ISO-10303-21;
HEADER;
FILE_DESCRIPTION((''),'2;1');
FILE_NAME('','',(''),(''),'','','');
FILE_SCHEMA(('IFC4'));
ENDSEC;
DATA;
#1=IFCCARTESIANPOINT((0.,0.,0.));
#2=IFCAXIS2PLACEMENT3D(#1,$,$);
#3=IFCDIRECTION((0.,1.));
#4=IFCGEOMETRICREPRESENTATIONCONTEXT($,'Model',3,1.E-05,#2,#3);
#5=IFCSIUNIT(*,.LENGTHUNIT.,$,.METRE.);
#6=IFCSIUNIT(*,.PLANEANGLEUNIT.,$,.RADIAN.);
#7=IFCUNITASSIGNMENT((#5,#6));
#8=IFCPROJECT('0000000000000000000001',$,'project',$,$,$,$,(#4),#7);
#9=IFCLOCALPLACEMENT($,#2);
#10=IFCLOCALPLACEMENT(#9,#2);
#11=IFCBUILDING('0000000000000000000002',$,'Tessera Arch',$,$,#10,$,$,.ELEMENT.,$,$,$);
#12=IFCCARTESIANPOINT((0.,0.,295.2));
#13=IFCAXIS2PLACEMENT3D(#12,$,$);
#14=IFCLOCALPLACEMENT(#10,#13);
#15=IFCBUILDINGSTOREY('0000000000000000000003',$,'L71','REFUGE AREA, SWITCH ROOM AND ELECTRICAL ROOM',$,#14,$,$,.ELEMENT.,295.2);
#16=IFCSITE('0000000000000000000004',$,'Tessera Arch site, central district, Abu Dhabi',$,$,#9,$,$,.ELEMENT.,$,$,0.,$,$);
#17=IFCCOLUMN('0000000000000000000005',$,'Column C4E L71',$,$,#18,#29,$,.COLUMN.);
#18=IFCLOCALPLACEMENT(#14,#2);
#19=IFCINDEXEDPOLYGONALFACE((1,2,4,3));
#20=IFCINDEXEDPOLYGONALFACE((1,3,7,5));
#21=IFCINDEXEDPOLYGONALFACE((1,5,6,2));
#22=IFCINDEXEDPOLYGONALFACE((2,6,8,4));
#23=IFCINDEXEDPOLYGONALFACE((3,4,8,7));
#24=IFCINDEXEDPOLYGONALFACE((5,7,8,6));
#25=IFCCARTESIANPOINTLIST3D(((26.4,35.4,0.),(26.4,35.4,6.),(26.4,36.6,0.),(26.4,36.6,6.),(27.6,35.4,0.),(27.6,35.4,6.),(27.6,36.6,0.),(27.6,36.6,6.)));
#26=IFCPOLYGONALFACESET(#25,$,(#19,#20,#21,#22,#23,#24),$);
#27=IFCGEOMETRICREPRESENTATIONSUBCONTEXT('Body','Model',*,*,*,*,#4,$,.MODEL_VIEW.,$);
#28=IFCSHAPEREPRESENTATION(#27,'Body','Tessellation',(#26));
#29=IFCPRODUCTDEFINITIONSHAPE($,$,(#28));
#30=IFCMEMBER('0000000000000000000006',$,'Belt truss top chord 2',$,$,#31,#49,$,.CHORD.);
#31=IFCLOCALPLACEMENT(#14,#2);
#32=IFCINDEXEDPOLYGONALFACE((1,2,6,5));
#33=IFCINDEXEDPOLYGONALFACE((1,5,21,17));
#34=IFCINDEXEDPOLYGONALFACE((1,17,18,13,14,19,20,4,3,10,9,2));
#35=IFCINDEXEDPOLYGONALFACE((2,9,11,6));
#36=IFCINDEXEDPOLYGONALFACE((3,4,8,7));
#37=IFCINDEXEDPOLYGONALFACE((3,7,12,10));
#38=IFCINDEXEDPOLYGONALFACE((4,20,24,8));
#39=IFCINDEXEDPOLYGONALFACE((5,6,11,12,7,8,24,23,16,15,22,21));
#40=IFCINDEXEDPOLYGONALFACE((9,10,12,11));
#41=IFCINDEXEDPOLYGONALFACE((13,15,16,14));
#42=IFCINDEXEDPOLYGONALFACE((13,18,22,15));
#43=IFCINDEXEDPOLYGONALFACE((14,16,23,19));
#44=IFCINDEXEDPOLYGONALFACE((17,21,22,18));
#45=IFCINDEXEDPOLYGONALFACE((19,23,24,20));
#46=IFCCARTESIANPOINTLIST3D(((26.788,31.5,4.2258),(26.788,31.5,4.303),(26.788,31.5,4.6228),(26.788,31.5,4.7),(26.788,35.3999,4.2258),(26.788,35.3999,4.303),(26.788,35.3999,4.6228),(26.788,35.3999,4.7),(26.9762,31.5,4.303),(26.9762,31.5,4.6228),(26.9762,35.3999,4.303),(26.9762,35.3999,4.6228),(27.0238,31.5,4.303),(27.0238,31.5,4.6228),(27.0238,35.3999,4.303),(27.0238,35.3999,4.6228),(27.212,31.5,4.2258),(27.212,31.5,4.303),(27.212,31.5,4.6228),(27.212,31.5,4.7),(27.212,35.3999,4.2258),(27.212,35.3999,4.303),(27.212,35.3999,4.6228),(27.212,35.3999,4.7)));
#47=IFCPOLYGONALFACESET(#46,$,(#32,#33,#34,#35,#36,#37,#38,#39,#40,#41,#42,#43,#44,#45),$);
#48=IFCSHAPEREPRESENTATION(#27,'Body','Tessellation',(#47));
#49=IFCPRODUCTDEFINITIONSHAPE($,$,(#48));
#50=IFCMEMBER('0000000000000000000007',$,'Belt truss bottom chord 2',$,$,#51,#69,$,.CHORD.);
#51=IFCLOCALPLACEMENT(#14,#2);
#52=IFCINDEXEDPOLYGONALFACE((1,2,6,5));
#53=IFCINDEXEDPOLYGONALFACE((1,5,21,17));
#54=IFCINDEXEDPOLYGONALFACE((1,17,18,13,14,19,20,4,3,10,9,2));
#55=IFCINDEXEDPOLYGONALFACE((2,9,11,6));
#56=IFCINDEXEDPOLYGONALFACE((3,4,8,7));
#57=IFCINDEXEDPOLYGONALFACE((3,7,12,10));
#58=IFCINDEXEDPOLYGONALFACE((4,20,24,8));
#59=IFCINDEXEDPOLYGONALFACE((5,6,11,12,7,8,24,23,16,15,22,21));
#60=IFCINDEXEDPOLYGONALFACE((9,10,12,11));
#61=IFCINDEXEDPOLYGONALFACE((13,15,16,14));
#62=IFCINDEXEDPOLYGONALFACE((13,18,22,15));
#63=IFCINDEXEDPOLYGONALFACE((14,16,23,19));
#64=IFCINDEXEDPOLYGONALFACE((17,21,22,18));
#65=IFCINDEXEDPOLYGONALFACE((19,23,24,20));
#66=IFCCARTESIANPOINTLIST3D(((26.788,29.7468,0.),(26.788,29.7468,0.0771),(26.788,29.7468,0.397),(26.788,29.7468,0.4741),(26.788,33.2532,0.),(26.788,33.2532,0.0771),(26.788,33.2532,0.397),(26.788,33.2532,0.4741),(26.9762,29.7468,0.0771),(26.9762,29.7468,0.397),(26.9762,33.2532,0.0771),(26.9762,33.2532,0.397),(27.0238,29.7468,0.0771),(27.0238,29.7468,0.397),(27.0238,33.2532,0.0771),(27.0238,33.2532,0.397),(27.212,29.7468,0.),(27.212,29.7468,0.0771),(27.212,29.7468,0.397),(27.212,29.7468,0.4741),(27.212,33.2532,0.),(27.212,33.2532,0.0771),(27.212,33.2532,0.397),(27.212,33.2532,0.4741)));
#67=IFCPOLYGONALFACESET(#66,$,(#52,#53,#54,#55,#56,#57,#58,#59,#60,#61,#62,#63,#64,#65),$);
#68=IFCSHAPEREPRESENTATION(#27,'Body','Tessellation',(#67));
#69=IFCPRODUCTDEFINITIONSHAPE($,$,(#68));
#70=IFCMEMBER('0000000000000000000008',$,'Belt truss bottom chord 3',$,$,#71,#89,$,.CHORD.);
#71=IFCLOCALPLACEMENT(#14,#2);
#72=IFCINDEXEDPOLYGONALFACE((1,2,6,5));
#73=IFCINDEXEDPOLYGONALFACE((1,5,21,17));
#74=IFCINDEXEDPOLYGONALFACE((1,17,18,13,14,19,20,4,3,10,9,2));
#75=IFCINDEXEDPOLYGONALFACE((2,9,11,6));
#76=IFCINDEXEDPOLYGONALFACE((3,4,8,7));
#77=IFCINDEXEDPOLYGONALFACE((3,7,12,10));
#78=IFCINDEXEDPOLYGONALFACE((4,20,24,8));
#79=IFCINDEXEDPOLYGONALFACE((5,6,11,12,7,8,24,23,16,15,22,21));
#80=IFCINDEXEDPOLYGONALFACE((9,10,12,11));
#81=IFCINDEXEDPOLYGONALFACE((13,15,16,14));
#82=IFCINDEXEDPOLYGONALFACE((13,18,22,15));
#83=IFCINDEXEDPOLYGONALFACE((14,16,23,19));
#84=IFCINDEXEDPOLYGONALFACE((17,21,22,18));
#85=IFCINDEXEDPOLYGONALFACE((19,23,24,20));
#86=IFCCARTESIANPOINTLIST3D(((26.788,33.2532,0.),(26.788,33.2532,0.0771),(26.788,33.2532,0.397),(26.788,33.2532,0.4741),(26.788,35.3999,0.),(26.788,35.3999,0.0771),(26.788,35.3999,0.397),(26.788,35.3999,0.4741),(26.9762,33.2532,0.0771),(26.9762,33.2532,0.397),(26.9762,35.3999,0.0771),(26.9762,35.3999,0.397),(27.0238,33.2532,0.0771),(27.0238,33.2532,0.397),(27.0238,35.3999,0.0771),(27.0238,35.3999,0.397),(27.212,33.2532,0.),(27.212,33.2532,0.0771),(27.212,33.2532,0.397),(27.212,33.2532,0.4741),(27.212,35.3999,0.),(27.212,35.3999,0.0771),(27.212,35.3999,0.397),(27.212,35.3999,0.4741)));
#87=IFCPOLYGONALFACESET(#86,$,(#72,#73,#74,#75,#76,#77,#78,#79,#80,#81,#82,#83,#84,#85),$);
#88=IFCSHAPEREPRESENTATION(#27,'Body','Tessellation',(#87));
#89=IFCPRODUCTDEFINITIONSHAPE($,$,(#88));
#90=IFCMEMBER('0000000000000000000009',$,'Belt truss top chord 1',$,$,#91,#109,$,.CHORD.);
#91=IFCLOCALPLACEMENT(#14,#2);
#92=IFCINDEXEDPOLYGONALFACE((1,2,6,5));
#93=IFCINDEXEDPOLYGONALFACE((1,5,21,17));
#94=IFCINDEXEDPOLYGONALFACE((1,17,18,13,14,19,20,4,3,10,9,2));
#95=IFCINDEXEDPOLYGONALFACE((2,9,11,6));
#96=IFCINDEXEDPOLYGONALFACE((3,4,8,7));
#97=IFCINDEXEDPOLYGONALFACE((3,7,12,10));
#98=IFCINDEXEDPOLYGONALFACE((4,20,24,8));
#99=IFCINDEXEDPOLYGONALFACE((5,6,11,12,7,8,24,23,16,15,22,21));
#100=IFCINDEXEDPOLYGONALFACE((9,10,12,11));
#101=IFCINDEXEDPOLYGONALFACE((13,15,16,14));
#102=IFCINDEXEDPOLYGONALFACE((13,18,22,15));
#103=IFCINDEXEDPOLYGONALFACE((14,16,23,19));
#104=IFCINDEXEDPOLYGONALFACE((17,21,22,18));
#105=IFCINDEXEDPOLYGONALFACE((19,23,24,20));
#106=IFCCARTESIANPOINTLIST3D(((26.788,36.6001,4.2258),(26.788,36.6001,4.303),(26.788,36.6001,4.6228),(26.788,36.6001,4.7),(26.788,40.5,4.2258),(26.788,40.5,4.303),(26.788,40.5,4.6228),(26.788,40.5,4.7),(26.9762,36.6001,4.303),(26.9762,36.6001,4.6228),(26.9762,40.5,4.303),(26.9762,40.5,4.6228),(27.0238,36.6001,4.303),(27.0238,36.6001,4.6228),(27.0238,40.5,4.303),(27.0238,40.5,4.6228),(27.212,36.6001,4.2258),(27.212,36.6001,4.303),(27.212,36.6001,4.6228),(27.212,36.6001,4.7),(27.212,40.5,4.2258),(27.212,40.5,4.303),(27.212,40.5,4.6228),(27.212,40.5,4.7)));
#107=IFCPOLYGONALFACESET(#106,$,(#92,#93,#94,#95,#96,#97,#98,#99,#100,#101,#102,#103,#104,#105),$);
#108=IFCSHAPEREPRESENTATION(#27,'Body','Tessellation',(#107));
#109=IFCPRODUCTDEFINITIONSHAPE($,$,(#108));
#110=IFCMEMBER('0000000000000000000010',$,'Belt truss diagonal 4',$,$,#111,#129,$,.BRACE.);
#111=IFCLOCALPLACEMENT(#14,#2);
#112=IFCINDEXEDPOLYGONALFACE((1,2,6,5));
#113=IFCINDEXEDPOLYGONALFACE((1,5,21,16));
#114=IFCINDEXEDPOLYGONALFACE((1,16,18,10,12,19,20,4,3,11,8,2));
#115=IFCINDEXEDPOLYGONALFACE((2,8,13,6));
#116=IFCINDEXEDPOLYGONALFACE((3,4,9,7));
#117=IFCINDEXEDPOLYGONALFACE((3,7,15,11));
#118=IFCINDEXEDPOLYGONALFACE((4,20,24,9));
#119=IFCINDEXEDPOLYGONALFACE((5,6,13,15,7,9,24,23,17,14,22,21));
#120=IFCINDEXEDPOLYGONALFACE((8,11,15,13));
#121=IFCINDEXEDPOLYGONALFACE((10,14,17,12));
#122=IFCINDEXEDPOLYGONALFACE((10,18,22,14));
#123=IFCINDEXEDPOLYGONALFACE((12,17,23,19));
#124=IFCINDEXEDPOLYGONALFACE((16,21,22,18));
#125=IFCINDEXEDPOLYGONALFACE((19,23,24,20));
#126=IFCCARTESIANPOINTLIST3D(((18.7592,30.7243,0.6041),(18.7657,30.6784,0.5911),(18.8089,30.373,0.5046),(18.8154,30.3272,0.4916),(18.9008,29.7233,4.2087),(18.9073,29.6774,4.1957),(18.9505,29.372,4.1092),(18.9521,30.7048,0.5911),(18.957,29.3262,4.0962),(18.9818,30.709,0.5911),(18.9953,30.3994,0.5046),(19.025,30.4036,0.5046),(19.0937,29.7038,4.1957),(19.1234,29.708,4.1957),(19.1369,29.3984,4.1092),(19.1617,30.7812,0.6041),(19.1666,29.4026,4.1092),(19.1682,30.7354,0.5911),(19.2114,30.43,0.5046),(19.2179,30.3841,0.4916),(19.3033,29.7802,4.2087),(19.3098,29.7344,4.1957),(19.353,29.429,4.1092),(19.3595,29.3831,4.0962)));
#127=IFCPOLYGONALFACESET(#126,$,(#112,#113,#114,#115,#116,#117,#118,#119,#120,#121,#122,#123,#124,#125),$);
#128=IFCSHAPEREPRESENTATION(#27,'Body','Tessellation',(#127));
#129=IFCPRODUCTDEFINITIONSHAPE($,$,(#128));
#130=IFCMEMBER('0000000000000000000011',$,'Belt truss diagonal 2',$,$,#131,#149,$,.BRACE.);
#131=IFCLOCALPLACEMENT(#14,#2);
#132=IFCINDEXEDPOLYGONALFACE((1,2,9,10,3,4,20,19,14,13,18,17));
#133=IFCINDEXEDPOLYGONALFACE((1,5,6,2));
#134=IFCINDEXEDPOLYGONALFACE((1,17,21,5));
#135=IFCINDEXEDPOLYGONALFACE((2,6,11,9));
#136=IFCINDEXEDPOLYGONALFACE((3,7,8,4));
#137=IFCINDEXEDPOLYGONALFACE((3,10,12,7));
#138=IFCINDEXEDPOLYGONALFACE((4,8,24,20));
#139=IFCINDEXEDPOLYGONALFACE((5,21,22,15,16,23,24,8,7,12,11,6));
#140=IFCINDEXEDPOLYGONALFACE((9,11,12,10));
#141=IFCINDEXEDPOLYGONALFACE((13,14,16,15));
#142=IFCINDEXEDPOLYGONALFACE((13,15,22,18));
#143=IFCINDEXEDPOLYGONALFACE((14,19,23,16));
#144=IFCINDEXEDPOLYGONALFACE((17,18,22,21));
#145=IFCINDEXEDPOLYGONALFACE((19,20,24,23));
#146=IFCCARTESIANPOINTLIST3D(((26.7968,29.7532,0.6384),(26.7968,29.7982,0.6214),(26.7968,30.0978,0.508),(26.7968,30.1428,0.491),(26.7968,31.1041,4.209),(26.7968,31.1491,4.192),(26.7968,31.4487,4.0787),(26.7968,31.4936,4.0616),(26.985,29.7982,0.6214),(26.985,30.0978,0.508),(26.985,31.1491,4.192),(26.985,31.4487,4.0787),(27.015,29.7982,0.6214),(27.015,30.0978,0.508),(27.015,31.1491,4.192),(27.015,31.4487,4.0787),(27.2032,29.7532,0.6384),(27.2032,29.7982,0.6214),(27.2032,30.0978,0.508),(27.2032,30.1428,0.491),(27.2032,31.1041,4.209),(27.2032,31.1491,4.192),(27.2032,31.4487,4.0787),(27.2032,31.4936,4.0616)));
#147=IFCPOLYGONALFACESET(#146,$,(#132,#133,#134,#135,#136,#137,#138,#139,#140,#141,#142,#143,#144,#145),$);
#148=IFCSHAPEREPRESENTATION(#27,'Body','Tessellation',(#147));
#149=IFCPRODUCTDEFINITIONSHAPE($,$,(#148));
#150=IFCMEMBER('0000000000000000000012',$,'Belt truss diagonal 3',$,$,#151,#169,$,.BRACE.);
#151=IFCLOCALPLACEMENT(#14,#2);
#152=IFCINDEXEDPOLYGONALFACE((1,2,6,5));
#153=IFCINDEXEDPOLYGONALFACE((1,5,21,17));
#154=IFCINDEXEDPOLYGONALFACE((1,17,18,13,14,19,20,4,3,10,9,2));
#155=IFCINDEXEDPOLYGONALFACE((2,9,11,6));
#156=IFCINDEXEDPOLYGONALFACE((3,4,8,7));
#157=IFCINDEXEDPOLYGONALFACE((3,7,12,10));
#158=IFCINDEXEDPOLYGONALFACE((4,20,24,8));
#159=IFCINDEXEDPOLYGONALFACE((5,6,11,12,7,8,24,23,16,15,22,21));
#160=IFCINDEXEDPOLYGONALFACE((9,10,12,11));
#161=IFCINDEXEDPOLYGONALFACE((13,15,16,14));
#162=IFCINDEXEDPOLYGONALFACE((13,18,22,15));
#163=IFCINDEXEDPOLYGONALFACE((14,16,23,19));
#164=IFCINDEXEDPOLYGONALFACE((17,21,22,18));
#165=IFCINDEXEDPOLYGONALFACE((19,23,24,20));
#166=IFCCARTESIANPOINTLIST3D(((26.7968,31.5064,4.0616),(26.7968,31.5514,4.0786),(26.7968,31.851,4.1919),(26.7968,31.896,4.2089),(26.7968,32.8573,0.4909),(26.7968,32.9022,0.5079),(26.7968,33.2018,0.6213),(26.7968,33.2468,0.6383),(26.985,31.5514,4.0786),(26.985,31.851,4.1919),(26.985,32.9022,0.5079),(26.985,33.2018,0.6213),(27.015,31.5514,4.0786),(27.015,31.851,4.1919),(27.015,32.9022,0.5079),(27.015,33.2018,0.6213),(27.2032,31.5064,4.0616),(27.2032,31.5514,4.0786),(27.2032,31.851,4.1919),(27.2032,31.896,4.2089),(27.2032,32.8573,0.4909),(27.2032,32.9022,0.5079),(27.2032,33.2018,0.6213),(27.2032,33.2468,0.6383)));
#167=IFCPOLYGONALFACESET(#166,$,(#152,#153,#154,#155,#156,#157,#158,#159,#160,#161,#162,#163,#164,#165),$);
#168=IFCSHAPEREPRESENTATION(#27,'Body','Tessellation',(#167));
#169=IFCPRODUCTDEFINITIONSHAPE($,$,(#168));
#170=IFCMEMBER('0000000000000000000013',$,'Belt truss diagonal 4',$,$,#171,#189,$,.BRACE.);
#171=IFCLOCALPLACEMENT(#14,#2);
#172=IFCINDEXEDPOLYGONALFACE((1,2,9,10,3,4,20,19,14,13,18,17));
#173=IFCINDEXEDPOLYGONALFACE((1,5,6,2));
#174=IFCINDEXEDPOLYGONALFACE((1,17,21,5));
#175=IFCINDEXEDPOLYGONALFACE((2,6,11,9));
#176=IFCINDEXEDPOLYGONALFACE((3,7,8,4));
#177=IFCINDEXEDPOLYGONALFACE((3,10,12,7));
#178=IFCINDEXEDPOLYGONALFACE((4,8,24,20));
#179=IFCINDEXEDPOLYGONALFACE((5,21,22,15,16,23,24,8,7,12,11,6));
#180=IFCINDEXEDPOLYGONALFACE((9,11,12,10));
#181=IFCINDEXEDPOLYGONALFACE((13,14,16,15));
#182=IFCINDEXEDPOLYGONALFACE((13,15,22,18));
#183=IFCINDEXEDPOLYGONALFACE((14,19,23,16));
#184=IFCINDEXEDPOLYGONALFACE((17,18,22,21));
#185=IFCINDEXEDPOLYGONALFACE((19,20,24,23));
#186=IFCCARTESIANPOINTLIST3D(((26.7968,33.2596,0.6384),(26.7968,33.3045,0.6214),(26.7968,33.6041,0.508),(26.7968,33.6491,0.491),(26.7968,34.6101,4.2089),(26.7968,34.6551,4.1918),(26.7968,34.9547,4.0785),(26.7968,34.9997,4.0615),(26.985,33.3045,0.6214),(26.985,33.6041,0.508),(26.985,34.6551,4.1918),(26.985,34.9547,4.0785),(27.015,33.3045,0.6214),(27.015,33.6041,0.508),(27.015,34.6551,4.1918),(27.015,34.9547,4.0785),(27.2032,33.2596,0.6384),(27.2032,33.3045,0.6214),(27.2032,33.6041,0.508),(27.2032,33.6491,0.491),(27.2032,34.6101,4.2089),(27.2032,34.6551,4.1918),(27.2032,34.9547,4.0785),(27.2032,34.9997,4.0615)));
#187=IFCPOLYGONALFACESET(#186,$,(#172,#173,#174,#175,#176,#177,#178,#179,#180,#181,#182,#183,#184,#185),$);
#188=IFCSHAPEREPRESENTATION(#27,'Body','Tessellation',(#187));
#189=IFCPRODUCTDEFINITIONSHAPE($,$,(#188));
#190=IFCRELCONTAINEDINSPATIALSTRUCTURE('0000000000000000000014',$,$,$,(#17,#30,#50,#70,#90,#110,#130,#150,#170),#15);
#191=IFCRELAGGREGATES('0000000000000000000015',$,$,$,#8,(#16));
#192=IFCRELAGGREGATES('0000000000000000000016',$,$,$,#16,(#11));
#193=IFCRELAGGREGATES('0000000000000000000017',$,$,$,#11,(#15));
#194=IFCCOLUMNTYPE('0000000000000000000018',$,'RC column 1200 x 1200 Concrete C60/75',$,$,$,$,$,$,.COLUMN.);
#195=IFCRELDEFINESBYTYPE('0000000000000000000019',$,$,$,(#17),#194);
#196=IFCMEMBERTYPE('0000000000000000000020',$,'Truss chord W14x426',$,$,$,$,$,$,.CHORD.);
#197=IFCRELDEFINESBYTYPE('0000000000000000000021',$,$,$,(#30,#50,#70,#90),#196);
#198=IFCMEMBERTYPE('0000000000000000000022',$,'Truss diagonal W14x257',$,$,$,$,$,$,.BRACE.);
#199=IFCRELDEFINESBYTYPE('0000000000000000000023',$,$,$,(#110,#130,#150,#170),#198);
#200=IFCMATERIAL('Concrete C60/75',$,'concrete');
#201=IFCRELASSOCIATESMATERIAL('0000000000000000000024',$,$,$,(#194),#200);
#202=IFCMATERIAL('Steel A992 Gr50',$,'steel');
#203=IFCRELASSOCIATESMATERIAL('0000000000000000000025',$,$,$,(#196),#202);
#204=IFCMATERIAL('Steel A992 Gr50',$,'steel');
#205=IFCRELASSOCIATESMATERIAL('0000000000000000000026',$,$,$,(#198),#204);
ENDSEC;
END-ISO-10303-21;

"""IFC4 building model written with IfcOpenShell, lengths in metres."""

from ifc_helpers import new_model, si_unit, direction, frame, origin, origin_2d, place, context, subcontext, project, spatial, rectangle, i_section, extrude, material, material_profile, profile_set, type_object, element, save


model = new_model("IFC4")

# Units and contexts
model_context = context("Model", 3, precision=1e-05, world=origin(), true_north=direction((0.0, 1.0)))
body_context = subcontext(model_context, "Body", "Model", "MODEL_VIEW")
ifc_project = project(units=[si_unit("LENGTHUNIT", "METRE"), si_unit("PLANEANGLEUNIT", "RADIAN")], contexts=[model_context])

# Site, building, storey
site_placement = place(None, origin())
site = spatial("IfcSite", under=ifc_project, at=site_placement, Name="Tessera Arch site, central district, Abu Dhabi", CompositionType="ELEMENT", RefElevation=0.0)
building_placement = place(site_placement, origin())
building = spatial("IfcBuilding", under=site, at=building_placement, Name="Tessera Arch", CompositionType="ELEMENT")
storey_placement = place(building_placement, frame((0.0, 0.0, 295.2)))
storey = spatial("IfcBuildingStorey", under=building, at=storey_placement, Name="L71", Description="REFUGE AREA, SWITCH ROOM AND ELECTRICAL ROOM", CompositionType="ELEMENT", Elevation=295.2)

# Column
ifc_material_1 = material(Name="Concrete C60/75", Category="concrete")
ifc_material_profile_1 = material_profile(ifc_material_1, rectangle(XDim=1.2, YDim=1.2, at=origin_2d()), Name="RC column 1200 x 1200 Concrete C60/75")
ifc_profile_set_1 = profile_set([ifc_material_profile_1], Name="Concrete C60/75")
column_type = type_object("IfcColumnType", Name="RC column 1200 x 1200 Concrete C60/75", PredefinedType="COLUMN", material=ifc_profile_set_1)
column_placement = place(storey_placement, frame((27.0, 36.0, 0.0), z_axis=(0.0, 0.0, 1.0), x_axis=(1.0, 0.0, 0.0)))
element("IfcColumn", 1, at=column_placement, inside=storey, type_object=column_type, Name="Column C4E L71", PredefinedType="COLUMN", context=body_context, shape_type="SweptSolid", body=[
    extrude(rectangle(XDim=1.2, YDim=1.2, at=origin_2d()), origin(), (0.0, 0.0, 1.0), 6.0),
])

# Members
ifc_material_2 = material(Name="Steel A992 Gr50", Category="steel")
ifc_material_profile_2 = material_profile(ifc_material_2, i_section(OverallWidth=0.4241, OverallDepth=0.4741, WebThickness=0.0476, FlangeThickness=0.0771, at=origin_2d()), Name="W14x426")
ifc_profile_set_2 = profile_set([ifc_material_profile_2], Name="Steel A992 Gr50")
member_type_1 = type_object("IfcMemberType", Name="Truss chord W14x426", PredefinedType="CHORD", material=ifc_profile_set_2)
member_1_placement = place(storey_placement, frame((27.0, 31.5, 4.4629), z_axis=(0.0, 1.0, 0.0), x_axis=(-1.0, 0.0, 0.0)))
element("IfcMember", 2, at=member_1_placement, inside=storey, type_object=member_type_1, Name="Belt truss top chord 2", PredefinedType="CHORD", context=body_context, shape_type="SweptSolid", body=[
    extrude(i_section(OverallWidth=0.4241, OverallDepth=0.4741, WebThickness=0.0476, FlangeThickness=0.0771, at=origin_2d()), origin(), (0.0, 0.0, 1.0), 3.8999),
])
member_2_placement = place(storey_placement, frame((27.0, 29.7468, 0.2371), z_axis=(0.0, 1.0, 0.0), x_axis=(-1.0, 0.0, 0.0)))
element("IfcMember", 3, at=member_2_placement, inside=storey, type_object=member_type_1, Name="Belt truss bottom chord 2", PredefinedType="CHORD", context=body_context, shape_type="SweptSolid", body=[
    extrude(i_section(OverallWidth=0.4241, OverallDepth=0.4741, WebThickness=0.0476, FlangeThickness=0.0771, at=origin_2d()), origin(), (0.0, 0.0, 1.0), 3.5063),
])
member_3_placement = place(storey_placement, frame((27.0, 33.2532, 0.2371), z_axis=(0.0, 1.0, 0.0), x_axis=(-1.0, 0.0, 0.0)))
element("IfcMember", 4, at=member_3_placement, inside=storey, type_object=member_type_1, Name="Belt truss bottom chord 3", PredefinedType="CHORD", context=body_context, shape_type="SweptSolid", body=[
    extrude(i_section(OverallWidth=0.4241, OverallDepth=0.4741, WebThickness=0.0476, FlangeThickness=0.0771, at=origin_2d()), origin(), (0.0, 0.0, 1.0), 2.1467),
])
member_4_placement = place(storey_placement, frame((27.0, 36.6001, 4.4629), z_axis=(0.0, 1.0, 0.0), x_axis=(-1.0, 0.0, 0.0)))
element("IfcMember", 5, at=member_4_placement, inside=storey, type_object=member_type_1, Name="Belt truss top chord 1", PredefinedType="CHORD", context=body_context, shape_type="SweptSolid", body=[
    extrude(i_section(OverallWidth=0.4241, OverallDepth=0.4741, WebThickness=0.0476, FlangeThickness=0.0771, at=origin_2d()), origin(), (0.0, 0.0, 1.0), 3.8999),
])
ifc_material_3 = material(Name="Steel A992 Gr50", Category="steel")
ifc_material_profile_3 = material_profile(ifc_material_3, i_section(OverallWidth=0.4065, OverallDepth=0.4165, WebThickness=0.03, FlangeThickness=0.0481, at=origin_2d()), Name="W14x257")
ifc_profile_set_3 = profile_set([ifc_material_profile_3], Name="Steel A992 Gr50")
member_type_2 = type_object("IfcMemberType", Name="Truss diagonal W14x257", PredefinedType="BRACE", material=ifc_profile_set_3)
member_5_placement = place(storey_placement, frame((18.9885, 30.5542, 0.5479), z_axis=(0.037825, -0.267385, 0.962847), x_axis=(0.990142, 0.140069, 0.0)))
element("IfcMember", 6, at=member_5_placement, inside=storey, type_object=member_type_2, Name="Belt truss diagonal 4", PredefinedType="BRACE", context=body_context, shape_type="SweptSolid", body=[
    extrude(i_section(OverallWidth=0.4065, OverallDepth=0.4165, WebThickness=0.03, FlangeThickness=0.0481, at=origin_2d()), origin(), (0.0, 0.0, 1.0), 3.7437),
])
for number, where, z_axis, x_axis, name in (
    (7, (27.0, 29.948, 0.5647), (0.0, 0.353848, 0.935303), (-1.0, 0.0, 0.0), "Belt truss diagonal 2"),
    (8, (27.0, 31.7012, 4.1353), (0.0, 0.353848, -0.935303), (-1.0, 0.0, 0.0), "Belt truss diagonal 3"),
):
    element("IfcMember", number, at=place(storey_placement, frame(where, z_axis=z_axis, x_axis=x_axis)), inside=storey, type_object=member_type_2, Name=name, PredefinedType="BRACE", context=body_context, shape_type="SweptSolid", body=[
        extrude(i_section(OverallWidth=0.4065, OverallDepth=0.4165, WebThickness=0.03, FlangeThickness=0.0481, at=origin_2d()), origin(), (0.0, 0.0, 1.0), 3.8176),
    ])
member_6_placement = place(storey_placement, frame((27.0, 33.4543, 0.5647), z_axis=(0.0, 0.353792, 0.935324), x_axis=(-1.0, 0.0, 0.0)))
element("IfcMember", 9, at=member_6_placement, inside=storey, type_object=member_type_2, Name="Belt truss diagonal 4", PredefinedType="BRACE", context=body_context, shape_type="SweptSolid", body=[
    extrude(i_section(OverallWidth=0.4065, OverallDepth=0.4165, WebThickness=0.03, FlangeThickness=0.0481, at=origin_2d()), origin(), (0.0, 0.0, 1.0), 3.8174),
])

save(model, "model.ifc")
